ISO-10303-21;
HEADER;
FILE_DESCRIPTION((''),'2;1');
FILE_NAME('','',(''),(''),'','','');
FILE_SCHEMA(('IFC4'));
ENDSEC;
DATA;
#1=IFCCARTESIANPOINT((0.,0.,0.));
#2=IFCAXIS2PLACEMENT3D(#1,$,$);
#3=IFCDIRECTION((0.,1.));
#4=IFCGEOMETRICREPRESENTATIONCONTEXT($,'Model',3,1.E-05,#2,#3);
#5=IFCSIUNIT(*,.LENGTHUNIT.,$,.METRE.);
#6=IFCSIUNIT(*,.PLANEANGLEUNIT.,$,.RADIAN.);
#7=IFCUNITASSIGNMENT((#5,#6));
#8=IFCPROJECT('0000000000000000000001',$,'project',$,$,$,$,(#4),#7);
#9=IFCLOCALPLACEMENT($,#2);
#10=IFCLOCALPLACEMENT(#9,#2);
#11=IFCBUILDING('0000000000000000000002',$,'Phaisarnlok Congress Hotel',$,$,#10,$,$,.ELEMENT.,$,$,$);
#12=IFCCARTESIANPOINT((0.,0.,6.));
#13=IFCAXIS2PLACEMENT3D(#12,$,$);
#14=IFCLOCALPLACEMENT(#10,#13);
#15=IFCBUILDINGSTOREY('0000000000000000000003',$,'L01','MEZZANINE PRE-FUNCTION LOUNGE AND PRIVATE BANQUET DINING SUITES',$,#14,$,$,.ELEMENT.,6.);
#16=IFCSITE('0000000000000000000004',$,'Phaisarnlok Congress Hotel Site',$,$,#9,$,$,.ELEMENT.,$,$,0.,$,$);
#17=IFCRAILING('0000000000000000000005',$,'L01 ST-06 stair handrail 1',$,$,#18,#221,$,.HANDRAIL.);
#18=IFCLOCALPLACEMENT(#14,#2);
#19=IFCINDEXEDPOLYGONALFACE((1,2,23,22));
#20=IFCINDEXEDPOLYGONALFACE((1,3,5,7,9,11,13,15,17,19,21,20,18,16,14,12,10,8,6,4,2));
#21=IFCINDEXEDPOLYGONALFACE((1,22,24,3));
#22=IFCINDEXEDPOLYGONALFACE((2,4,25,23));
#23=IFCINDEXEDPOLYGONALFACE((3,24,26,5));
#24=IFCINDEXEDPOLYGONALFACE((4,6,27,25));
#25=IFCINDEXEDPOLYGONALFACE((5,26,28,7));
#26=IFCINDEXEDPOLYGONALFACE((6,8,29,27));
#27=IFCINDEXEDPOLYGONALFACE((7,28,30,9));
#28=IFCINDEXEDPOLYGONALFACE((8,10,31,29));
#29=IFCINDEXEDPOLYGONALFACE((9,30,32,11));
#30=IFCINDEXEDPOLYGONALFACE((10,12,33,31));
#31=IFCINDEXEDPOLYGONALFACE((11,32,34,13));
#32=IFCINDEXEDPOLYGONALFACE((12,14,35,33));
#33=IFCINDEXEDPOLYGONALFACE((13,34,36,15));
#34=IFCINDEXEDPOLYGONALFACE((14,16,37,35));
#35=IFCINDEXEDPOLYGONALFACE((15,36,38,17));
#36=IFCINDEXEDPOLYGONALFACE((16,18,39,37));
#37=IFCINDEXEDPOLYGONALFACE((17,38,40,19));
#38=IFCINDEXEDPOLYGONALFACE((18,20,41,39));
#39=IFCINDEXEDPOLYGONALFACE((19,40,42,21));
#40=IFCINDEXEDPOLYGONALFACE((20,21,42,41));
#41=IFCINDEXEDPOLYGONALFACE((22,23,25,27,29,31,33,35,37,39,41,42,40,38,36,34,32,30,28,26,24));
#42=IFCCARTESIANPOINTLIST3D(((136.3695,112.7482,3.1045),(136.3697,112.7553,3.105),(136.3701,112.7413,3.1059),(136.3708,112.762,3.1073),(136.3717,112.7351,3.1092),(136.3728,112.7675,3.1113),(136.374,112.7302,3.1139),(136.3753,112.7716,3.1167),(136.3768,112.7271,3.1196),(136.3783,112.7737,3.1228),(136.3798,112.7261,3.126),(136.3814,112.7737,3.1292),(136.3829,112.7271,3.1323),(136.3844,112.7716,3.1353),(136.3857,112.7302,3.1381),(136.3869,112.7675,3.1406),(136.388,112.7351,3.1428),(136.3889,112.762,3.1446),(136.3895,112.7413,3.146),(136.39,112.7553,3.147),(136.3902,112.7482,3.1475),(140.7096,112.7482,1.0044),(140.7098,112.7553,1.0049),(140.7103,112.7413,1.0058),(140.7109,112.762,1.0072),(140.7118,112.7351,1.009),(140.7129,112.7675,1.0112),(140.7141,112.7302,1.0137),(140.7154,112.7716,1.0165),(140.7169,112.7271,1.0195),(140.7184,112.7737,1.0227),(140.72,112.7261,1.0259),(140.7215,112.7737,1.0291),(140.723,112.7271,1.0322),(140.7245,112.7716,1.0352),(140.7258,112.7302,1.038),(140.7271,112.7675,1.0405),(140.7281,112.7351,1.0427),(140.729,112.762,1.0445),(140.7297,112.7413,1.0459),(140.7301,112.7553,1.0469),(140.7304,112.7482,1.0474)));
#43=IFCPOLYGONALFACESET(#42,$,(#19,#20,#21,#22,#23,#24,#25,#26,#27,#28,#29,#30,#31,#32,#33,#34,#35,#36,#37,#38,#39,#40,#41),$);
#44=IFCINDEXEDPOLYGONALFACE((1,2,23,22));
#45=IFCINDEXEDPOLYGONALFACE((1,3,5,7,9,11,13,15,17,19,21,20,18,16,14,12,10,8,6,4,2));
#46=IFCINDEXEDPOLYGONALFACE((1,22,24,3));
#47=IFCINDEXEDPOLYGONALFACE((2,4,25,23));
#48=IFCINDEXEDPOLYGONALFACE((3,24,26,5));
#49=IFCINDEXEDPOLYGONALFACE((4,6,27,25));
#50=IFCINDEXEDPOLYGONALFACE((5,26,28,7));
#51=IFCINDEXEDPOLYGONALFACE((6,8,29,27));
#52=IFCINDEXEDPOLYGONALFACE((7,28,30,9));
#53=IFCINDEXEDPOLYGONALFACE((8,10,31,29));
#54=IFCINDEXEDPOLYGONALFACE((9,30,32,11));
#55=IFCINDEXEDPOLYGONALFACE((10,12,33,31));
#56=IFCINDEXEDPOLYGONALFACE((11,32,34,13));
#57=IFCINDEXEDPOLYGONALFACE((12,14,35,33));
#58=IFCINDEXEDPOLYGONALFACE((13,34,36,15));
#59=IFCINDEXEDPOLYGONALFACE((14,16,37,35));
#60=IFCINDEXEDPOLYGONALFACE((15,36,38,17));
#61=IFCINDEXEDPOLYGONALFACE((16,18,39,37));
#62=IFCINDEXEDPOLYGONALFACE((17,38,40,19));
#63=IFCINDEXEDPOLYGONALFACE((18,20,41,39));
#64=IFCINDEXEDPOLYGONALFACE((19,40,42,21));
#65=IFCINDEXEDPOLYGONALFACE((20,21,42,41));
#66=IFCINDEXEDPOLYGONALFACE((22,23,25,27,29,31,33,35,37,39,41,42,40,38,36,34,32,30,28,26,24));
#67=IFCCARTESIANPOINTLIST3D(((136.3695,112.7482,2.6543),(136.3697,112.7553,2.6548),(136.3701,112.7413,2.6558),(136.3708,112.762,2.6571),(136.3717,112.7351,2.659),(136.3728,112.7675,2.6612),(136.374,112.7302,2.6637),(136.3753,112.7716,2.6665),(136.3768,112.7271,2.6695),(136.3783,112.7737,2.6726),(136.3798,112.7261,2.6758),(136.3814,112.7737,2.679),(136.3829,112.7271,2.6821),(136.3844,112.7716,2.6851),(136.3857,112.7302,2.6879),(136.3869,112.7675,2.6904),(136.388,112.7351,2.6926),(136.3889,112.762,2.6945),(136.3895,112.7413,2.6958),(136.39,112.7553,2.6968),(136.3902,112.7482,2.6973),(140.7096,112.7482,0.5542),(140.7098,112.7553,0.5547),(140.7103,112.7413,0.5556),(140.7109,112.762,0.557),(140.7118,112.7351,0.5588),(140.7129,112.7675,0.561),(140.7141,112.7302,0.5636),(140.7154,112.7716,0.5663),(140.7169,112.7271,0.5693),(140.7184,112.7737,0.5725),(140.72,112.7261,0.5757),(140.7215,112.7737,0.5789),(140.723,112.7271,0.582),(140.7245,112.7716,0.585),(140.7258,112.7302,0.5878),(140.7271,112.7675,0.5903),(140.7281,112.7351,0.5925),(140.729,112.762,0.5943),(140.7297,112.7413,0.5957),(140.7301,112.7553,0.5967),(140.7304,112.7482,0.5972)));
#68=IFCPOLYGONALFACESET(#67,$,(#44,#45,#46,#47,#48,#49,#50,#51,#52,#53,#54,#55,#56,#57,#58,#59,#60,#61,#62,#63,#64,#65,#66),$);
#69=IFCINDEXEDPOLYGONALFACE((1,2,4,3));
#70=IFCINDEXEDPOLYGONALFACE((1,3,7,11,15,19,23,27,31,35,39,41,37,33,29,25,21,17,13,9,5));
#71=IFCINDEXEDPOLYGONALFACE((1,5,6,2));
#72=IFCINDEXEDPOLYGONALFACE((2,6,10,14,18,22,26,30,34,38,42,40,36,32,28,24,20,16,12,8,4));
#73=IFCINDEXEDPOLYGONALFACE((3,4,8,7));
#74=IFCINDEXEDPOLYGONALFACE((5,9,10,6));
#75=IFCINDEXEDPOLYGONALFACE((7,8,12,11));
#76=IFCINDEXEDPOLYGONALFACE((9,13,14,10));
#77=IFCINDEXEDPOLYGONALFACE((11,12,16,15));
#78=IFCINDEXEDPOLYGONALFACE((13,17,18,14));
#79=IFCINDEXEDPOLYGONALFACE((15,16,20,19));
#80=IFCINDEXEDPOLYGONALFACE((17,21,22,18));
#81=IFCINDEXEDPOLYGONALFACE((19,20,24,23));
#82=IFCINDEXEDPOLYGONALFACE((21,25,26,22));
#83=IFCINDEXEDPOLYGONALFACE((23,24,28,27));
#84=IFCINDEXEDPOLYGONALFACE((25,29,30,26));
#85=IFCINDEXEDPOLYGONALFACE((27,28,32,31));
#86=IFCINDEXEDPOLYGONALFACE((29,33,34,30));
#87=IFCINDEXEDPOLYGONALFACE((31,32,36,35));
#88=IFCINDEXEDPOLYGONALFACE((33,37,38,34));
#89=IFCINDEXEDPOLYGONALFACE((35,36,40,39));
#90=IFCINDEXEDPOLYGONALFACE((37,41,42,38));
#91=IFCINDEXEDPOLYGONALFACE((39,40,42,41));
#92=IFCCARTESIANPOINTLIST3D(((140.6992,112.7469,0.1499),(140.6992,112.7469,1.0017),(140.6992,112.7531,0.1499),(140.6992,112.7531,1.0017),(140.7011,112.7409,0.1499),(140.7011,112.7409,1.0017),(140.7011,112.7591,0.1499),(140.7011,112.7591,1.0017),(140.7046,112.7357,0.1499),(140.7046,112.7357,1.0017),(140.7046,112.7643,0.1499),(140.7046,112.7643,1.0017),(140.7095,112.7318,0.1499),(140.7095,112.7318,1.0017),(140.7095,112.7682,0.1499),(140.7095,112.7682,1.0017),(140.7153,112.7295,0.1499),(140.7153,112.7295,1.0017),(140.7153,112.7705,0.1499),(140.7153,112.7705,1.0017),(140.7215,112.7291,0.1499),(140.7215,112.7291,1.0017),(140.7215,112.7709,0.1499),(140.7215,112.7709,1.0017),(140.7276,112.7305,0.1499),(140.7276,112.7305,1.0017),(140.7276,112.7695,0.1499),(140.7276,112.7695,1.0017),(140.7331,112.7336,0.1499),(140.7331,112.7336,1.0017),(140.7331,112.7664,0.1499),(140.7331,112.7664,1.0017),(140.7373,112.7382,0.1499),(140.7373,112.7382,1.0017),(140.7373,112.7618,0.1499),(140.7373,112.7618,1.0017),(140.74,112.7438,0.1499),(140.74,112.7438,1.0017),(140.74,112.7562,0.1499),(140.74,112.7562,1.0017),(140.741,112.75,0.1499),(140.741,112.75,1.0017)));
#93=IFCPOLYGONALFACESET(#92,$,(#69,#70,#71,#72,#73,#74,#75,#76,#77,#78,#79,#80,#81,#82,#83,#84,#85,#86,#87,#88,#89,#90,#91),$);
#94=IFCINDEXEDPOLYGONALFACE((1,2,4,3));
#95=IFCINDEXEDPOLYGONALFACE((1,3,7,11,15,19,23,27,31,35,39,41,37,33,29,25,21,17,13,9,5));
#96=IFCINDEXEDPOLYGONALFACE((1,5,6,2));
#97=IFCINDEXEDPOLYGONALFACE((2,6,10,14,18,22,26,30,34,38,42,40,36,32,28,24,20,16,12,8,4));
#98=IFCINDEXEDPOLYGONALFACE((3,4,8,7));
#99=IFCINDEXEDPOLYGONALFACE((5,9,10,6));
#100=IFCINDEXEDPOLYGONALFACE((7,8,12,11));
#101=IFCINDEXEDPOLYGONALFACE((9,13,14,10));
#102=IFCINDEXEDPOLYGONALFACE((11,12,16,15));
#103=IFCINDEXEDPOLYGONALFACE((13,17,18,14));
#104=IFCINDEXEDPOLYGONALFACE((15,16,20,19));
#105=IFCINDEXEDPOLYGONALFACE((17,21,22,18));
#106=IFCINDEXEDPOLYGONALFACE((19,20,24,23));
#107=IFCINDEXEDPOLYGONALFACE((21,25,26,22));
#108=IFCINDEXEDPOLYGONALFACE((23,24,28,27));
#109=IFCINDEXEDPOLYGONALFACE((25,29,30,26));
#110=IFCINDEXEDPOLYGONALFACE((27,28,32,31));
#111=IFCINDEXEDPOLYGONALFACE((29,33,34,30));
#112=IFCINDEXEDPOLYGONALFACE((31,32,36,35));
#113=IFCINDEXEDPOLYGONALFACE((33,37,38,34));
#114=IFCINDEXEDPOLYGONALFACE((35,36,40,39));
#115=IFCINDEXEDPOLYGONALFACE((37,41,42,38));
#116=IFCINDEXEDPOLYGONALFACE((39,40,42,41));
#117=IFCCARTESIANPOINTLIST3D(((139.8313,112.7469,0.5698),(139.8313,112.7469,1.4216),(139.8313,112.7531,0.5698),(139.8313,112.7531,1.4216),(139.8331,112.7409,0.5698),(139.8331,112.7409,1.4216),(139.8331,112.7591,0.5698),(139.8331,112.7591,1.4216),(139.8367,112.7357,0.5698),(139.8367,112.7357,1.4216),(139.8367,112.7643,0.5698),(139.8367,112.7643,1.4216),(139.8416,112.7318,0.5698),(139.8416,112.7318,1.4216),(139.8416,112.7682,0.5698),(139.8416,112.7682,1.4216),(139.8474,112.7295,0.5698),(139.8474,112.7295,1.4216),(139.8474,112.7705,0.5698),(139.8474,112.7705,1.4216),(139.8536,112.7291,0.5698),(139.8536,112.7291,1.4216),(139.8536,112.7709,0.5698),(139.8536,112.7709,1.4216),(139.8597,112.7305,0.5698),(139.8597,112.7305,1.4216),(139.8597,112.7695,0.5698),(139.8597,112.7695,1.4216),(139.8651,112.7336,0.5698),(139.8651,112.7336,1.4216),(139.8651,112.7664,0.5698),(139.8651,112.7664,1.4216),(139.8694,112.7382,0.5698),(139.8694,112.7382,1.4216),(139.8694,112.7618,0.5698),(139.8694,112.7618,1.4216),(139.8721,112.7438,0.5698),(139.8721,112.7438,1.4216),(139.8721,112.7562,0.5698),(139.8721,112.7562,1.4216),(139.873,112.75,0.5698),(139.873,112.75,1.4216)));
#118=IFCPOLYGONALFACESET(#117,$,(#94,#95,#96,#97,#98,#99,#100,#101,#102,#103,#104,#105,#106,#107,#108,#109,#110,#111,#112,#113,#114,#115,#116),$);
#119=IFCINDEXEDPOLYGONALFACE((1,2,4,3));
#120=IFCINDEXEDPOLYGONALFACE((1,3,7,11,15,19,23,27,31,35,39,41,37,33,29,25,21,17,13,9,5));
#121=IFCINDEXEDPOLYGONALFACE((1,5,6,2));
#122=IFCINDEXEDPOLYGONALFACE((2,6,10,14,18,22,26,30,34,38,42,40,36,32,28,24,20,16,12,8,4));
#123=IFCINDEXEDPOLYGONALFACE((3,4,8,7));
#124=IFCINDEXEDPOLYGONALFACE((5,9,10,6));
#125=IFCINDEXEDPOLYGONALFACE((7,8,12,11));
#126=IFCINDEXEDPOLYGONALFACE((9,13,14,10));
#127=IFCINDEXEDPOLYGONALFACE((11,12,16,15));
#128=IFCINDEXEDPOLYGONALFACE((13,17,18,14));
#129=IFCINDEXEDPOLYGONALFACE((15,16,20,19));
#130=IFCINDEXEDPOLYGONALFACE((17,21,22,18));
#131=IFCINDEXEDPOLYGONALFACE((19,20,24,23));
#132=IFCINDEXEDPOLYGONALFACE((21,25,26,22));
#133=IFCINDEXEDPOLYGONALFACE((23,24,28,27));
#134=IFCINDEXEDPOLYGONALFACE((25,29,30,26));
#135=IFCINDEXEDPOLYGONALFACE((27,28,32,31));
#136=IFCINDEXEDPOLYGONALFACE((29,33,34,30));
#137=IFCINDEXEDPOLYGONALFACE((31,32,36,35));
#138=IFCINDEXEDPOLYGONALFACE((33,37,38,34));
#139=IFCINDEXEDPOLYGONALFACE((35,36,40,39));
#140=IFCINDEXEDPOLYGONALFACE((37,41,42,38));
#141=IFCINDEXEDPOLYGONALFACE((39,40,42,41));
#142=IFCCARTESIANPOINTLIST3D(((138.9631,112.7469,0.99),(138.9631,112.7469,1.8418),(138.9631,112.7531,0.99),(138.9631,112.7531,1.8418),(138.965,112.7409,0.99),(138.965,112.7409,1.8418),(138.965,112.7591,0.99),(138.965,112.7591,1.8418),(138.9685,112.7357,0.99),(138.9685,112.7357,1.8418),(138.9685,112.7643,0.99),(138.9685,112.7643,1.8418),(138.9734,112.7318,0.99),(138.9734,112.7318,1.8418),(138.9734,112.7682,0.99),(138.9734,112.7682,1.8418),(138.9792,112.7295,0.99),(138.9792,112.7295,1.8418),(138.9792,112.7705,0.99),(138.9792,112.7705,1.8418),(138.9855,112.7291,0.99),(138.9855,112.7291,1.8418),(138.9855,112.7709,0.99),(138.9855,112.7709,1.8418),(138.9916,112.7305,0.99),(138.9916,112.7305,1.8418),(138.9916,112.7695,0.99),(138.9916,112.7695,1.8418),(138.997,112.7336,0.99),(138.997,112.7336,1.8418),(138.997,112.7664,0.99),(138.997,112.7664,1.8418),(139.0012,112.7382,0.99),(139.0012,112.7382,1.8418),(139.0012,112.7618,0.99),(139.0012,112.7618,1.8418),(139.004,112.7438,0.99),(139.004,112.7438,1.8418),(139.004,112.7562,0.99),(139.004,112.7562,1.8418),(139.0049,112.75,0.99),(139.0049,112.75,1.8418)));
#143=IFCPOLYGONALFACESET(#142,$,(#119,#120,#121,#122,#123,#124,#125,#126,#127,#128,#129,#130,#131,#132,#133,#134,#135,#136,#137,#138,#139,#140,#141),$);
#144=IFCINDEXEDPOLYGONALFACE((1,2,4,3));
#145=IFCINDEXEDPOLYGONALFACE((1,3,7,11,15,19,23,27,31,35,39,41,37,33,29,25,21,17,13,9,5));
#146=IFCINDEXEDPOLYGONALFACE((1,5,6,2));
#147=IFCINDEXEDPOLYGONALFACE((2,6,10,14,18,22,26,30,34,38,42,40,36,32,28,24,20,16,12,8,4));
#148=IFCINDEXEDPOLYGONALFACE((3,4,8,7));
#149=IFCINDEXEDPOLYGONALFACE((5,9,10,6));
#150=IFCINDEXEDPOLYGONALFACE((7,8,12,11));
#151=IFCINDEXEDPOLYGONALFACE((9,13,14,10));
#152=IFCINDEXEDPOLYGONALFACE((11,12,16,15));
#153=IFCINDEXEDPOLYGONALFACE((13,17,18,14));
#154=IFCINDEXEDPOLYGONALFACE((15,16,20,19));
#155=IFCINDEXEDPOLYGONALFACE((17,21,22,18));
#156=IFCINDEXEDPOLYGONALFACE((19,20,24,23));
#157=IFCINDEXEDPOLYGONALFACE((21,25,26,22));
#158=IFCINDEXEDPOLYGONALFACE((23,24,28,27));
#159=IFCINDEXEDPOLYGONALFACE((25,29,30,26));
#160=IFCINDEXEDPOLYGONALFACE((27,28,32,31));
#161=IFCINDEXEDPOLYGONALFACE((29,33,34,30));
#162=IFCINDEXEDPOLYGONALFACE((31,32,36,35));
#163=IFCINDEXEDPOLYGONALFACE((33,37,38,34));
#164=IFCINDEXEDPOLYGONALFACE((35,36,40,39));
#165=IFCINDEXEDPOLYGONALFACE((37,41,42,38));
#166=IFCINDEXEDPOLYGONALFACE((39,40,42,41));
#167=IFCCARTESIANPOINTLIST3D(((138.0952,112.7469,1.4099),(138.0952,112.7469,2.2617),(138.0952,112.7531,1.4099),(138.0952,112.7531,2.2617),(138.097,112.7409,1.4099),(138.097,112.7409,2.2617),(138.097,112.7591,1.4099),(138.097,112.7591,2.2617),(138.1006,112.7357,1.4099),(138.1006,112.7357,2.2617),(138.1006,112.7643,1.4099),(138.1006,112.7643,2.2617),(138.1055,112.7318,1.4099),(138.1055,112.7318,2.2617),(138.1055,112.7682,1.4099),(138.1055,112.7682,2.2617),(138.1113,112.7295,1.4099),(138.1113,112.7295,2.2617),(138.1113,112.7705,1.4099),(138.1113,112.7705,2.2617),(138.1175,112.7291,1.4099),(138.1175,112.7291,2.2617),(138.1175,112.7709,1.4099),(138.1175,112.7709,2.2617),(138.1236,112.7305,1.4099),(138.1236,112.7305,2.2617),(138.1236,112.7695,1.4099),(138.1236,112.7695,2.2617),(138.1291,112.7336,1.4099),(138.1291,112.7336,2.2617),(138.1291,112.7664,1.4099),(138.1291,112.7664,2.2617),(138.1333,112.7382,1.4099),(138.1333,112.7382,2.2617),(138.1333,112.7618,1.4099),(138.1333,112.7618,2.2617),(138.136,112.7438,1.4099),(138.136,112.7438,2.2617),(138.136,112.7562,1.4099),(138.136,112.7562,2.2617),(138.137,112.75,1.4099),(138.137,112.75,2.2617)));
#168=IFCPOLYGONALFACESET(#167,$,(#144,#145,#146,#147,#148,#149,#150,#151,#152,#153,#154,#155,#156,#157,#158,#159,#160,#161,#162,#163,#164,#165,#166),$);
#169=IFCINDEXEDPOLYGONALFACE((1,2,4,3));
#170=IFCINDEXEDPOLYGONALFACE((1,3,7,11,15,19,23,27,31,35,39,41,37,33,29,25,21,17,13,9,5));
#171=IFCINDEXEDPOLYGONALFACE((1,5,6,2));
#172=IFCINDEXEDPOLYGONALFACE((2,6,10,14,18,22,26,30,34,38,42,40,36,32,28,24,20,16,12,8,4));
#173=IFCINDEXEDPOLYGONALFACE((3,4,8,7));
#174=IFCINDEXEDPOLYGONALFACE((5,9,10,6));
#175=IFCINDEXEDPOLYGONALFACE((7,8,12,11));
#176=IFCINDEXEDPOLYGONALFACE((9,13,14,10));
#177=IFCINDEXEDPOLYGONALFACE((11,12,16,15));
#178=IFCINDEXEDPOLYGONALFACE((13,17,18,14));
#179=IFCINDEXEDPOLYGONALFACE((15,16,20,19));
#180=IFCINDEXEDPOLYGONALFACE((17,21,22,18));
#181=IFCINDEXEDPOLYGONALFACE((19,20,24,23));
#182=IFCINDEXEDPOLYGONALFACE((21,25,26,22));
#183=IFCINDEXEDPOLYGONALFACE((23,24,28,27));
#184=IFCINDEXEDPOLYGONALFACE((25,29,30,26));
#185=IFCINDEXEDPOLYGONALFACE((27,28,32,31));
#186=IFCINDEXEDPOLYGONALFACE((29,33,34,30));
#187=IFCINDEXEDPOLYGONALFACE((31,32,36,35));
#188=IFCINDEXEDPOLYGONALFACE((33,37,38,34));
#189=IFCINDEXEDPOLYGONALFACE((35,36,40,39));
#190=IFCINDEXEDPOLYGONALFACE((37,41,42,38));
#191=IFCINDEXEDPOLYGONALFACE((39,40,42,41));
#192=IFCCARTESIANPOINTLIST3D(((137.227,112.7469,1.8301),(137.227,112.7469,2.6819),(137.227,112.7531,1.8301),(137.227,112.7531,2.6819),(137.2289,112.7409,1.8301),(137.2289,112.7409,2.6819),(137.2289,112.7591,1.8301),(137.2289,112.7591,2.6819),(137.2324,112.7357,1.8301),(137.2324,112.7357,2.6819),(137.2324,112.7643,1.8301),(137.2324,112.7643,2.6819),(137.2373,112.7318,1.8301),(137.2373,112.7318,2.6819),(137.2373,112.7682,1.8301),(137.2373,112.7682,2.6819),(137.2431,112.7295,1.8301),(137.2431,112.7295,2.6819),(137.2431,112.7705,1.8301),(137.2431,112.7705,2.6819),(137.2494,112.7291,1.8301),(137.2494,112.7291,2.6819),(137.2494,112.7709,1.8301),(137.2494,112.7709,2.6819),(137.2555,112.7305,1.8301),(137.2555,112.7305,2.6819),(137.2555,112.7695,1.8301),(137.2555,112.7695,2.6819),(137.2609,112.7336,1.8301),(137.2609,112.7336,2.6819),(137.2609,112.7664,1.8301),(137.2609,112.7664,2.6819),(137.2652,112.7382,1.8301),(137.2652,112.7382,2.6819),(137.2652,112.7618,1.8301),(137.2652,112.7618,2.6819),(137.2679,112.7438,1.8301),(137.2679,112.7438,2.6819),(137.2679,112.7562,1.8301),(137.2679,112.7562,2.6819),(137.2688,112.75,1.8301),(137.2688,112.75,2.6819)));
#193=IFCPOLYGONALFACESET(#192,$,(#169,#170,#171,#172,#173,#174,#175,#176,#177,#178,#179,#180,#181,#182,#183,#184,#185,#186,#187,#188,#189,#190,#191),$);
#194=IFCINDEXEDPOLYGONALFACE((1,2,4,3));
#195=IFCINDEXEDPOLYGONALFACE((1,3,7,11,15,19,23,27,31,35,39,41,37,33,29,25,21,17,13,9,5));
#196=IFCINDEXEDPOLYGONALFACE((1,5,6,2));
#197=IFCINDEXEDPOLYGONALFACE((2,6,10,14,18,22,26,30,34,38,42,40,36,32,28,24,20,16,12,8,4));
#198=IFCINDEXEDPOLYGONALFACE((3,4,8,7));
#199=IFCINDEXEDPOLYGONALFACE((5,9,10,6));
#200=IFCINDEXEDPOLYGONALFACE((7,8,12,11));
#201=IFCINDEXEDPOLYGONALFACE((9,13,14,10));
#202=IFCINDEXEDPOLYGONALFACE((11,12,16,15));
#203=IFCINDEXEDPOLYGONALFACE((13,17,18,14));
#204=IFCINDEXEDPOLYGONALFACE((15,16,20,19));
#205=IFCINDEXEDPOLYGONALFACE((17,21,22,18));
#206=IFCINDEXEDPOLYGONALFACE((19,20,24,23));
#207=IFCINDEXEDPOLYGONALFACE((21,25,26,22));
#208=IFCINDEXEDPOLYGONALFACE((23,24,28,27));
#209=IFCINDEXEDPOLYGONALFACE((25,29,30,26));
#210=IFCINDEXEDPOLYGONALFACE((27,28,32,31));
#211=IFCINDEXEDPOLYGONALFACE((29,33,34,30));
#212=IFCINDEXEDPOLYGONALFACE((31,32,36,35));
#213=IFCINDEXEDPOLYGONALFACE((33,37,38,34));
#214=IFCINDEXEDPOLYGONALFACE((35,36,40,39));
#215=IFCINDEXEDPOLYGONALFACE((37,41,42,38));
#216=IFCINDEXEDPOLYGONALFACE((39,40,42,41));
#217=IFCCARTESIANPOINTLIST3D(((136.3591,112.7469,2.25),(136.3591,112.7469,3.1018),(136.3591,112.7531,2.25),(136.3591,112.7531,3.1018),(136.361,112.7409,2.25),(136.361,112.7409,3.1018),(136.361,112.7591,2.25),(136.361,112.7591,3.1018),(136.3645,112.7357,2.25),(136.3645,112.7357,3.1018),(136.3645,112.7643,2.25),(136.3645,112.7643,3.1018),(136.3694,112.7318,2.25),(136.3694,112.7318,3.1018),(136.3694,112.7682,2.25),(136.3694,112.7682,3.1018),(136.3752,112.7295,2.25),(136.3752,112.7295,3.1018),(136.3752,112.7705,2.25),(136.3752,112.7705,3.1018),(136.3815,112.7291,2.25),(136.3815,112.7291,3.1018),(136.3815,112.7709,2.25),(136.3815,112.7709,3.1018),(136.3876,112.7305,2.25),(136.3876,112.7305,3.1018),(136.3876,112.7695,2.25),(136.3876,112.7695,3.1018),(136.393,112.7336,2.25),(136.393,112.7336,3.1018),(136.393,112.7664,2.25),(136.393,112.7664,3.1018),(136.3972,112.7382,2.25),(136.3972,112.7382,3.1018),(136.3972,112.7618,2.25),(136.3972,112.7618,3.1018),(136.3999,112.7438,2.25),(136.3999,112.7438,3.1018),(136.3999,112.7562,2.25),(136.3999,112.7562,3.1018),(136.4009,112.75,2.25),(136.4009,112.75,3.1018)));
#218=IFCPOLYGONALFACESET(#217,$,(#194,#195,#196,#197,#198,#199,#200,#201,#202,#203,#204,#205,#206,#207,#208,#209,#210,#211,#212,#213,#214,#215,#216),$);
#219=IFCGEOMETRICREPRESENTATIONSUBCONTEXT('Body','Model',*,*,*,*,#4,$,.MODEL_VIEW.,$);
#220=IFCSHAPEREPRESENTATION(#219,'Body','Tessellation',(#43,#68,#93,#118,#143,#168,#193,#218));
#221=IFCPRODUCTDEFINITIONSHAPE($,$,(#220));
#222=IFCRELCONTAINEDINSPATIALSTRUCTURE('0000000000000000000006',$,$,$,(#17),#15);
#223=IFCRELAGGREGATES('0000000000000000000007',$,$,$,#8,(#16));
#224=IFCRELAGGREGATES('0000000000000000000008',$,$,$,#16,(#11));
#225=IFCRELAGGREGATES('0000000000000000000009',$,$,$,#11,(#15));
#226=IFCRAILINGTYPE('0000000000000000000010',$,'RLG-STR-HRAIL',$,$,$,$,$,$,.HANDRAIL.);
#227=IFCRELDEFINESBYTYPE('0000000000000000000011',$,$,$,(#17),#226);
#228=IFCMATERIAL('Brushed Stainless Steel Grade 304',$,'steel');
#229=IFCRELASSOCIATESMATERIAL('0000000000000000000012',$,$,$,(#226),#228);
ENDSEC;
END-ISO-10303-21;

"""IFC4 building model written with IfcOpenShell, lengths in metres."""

from ifc_helpers import new_model, si_unit, direction, frame, origin, origin_2d, place, context, subcontext, project, spatial, circle, extrude, material, type_object, element, save


model = new_model("IFC4")

# Units and contexts
model_context = context("Model", 3, precision=1e-05, world=origin(), true_north=direction((0.0, 1.0)))
body_context = subcontext(model_context, "Body", "Model", "MODEL_VIEW")
ifc_project = project(units=[si_unit("LENGTHUNIT", "METRE"), si_unit("PLANEANGLEUNIT", "RADIAN")], contexts=[model_context])

# Site, building, storey
site_placement = place(None, origin())
site = spatial("IfcSite", under=ifc_project, at=site_placement, Name="Phaisarnlok Congress Hotel Site", CompositionType="ELEMENT", RefElevation=0.0)
building_placement = place(site_placement, origin())
building = spatial("IfcBuilding", under=site, at=building_placement, Name="Phaisarnlok Congress Hotel", CompositionType="ELEMENT")
storey_placement = place(building_placement, frame((0.0, 0.0, 6.0)))
storey = spatial("IfcBuildingStorey", under=building, at=storey_placement, Name="L01", Description="MEZZANINE PRE-FUNCTION LOUNGE AND PRIVATE BANQUET DINING SUITES", CompositionType="ELEMENT", Elevation=6.0)

# Railing
ifc_material_1 = material(Name="Brushed Stainless Steel Grade 304", Category="steel")
railing_type_1 = type_object("IfcRailingType", Name="RLG-STR-HRAIL", PredefinedType="HANDRAIL", material=ifc_material_1)
railing_1_placement = place(storey_placement, frame((140.72, 112.75, 0.1499)))
element("IfcRailing", 1, at=railing_1_placement, inside=storey, type_object=railing_type_1, Name="L01 ST-06 stair handrail 1", PredefinedType="HANDRAIL", context=body_context, shape_type="SweptSolid", body=[
    extrude(circle(Radius=0.0239, at=origin_2d()), frame((0.0, 0.0, 0.876), z_axis=(-0.900155, 0.0, 0.43557), x_axis=(0.0, -1.0, 0.0)), (0.0, 0.0, 1.0), 4.8215),
    extrude(circle(Radius=0.0239, at=origin_2d()), frame((0.0, 0.0, 0.4258), z_axis=(-0.900155, 0.0, 0.43557), x_axis=(0.0, -1.0, 0.0)), (0.0, 0.0, 1.0), 4.8215),
    extrude(circle(Radius=0.021, at=origin_2d()), origin(), (0.0, 0.0, 1.0), 0.8518),
    extrude(circle(Radius=0.021, at=origin_2d()), frame((-0.8679, 0.0, 0.4199)), (0.0, 0.0, 1.0), 0.8518),
    extrude(circle(Radius=0.021, at=origin_2d()), frame((-1.7361, 0.0, 0.8401)), (0.0, 0.0, 1.0), 0.8518),
    extrude(circle(Radius=0.021, at=origin_2d()), frame((-2.604, 0.0, 1.26)), (0.0, 0.0, 1.0), 0.8518),
    extrude(circle(Radius=0.021, at=origin_2d()), frame((-3.4722, 0.0, 1.6802)), (0.0, 0.0, 1.0), 0.8518),
    extrude(circle(Radius=0.021, at=origin_2d()), frame((-4.3401, 0.0, 2.1001)), (0.0, 0.0, 1.0), 0.8518),
])

save(model, "model.ifc")
